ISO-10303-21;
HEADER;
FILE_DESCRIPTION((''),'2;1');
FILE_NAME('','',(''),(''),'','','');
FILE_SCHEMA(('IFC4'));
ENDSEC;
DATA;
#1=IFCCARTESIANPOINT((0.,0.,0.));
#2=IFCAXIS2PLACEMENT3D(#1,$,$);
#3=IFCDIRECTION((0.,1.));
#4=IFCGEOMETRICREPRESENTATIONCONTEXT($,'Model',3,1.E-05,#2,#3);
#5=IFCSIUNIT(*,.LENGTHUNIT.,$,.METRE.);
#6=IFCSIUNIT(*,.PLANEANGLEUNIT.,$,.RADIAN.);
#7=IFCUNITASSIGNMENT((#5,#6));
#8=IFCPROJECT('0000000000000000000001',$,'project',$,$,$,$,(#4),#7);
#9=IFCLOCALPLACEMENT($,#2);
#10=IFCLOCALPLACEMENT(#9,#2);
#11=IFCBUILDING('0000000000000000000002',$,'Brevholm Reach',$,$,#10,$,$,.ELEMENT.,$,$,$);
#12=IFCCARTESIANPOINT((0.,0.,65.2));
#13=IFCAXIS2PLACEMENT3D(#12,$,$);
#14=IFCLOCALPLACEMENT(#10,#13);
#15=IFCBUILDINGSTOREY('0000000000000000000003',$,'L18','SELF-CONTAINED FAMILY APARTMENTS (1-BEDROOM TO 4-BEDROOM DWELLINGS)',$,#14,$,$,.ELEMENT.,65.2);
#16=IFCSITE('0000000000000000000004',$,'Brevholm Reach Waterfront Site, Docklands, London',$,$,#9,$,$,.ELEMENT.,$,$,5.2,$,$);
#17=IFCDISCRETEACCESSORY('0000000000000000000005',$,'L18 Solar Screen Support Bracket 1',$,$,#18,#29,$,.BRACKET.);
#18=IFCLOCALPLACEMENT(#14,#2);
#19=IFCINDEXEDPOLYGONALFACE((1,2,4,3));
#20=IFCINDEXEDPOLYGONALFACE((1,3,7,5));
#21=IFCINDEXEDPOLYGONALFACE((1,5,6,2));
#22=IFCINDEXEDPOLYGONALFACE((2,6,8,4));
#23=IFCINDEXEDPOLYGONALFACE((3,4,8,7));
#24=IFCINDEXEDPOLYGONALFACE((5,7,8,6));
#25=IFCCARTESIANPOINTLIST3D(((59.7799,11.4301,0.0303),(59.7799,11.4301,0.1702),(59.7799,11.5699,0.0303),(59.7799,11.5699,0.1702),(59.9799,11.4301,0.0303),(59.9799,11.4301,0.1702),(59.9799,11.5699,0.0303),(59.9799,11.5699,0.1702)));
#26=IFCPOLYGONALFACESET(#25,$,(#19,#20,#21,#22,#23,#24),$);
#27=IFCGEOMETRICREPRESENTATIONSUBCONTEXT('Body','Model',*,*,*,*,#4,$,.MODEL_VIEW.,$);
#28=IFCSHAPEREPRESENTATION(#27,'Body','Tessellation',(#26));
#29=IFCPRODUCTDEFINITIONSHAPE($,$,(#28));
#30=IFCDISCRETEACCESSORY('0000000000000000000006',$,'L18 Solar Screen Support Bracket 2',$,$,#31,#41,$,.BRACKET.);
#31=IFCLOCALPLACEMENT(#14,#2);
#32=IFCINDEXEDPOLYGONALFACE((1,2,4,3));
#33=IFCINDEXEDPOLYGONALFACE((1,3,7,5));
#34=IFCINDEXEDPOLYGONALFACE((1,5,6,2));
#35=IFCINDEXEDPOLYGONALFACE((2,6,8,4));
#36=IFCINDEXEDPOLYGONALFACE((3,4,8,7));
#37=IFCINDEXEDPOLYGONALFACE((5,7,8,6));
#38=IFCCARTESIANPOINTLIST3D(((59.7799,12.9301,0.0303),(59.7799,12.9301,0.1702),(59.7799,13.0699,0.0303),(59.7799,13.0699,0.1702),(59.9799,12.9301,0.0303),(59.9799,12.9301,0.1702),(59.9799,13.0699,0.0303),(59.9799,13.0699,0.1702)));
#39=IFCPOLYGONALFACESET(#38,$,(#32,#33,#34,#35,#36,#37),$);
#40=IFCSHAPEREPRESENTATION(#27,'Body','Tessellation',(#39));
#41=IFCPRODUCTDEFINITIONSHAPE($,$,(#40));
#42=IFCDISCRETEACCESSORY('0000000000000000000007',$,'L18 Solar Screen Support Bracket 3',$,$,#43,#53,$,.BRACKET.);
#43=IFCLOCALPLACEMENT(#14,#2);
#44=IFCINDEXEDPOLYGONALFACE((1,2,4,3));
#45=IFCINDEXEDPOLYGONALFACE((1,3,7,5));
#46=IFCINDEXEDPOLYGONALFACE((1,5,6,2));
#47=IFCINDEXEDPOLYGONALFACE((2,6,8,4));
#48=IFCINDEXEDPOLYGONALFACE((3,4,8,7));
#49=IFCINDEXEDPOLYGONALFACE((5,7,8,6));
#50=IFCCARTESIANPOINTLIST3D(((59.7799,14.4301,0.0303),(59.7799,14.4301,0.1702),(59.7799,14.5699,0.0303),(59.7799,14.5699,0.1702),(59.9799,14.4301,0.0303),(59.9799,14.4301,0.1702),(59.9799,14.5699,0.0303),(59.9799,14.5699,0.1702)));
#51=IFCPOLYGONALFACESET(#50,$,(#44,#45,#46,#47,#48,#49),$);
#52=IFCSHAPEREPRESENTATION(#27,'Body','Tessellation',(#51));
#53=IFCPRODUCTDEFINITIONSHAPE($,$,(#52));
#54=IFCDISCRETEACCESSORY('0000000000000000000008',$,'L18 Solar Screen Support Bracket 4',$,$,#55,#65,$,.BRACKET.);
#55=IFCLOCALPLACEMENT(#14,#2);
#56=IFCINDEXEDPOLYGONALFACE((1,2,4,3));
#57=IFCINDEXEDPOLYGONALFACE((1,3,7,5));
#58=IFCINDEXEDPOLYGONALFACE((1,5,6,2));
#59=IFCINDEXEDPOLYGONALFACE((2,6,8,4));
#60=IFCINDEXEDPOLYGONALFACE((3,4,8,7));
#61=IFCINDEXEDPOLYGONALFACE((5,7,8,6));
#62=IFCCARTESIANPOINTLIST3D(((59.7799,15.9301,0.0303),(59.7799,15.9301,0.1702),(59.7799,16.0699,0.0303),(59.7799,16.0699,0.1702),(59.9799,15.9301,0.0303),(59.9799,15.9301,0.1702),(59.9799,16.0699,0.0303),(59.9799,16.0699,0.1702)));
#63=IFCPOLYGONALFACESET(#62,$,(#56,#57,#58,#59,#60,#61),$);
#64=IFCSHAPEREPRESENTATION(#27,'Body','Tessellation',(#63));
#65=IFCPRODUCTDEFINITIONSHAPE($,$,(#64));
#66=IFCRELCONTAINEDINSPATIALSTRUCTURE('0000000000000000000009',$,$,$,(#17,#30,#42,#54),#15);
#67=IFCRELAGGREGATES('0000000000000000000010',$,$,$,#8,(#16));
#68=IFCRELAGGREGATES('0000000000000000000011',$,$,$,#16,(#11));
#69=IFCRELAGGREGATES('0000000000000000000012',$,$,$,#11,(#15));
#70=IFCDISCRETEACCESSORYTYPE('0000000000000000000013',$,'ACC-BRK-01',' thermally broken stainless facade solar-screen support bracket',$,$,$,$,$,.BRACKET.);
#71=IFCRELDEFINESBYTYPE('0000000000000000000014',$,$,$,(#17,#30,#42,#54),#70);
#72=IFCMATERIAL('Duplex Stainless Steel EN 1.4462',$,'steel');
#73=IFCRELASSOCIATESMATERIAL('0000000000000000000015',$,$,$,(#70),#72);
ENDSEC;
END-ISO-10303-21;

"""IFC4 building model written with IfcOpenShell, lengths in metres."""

from ifc_helpers import new_model, si_unit, direction, frame, origin, origin_2d, place, context, subcontext, project, spatial, rectangle, extrude, material, type_object, element, save


model = new_model("IFC4")

# Units and contexts
model_context = context("Model", 3, precision=1e-05, world=origin(), true_north=direction((0.0, 1.0)))
body_context = subcontext(model_context, "Body", "Model", "MODEL_VIEW")
ifc_project = project(units=[si_unit("LENGTHUNIT", "METRE"), si_unit("PLANEANGLEUNIT", "RADIAN")], contexts=[model_context])

# Site, building, storey
site_placement = place(None, origin())
site = spatial("IfcSite", under=ifc_project, at=site_placement, Name="Brevholm Reach Waterfront Site, Docklands, London", CompositionType="ELEMENT", RefElevation=5.2)
building_placement = place(site_placement, origin())
building = spatial("IfcBuilding", under=site, at=building_placement, Name="Brevholm Reach", CompositionType="ELEMENT")
storey_placement = place(building_placement, frame((0.0, 0.0, 65.2)))
storey = spatial("IfcBuildingStorey", under=building, at=storey_placement, Name="L18", Description="SELF-CONTAINED FAMILY APARTMENTS (1-BEDROOM TO 4-BEDROOM DWELLINGS)", CompositionType="ELEMENT", Elevation=65.2)

# Discrete accessories
ifc_material_1 = material(Name="Duplex Stainless Steel EN 1.4462", Category="steel")
discrete_accessory_type = type_object("IfcDiscreteAccessoryType", Name="ACC-BRK-01", Description=" thermally broken stainless facade solar-screen support bracket", PredefinedType="BRACKET", material=ifc_material_1)
for number, where, z_axis, x_axis, name in (
    (1, (59.8799, 11.5, 0.0303), (0.0, 0.0, 1.0), (1.0, 0.0, 0.0), "L18 Solar Screen Support Bracket 1"),
    (2, (59.8799, 13.0, 0.0303), (0.0, 0.0, 1.0), (1.0, 0.0, 0.0), "L18 Solar Screen Support Bracket 2"),
    (3, (59.8799, 14.5, 0.0303), (0.0, 0.0, 1.0), (1.0, 0.0, 0.0), "L18 Solar Screen Support Bracket 3"),
    (4, (59.8799, 16.0, 0.0303), (0.0, 0.0, 1.0), (1.0, 0.0, 0.0), "L18 Solar Screen Support Bracket 4"),
):
    element("IfcDiscreteAccessory", number, at=place(storey_placement, frame(where, z_axis=z_axis, x_axis=x_axis)), inside=storey, type_object=discrete_accessory_type, Name=name, PredefinedType="BRACKET", context=body_context, shape_type="SweptSolid", body=[
        extrude(rectangle(XDim=0.2, YDim=0.1399, at=origin_2d()), origin(), (0.0, 0.0, 1.0), 0.1399),
    ])

save(model, "model.ifc")
